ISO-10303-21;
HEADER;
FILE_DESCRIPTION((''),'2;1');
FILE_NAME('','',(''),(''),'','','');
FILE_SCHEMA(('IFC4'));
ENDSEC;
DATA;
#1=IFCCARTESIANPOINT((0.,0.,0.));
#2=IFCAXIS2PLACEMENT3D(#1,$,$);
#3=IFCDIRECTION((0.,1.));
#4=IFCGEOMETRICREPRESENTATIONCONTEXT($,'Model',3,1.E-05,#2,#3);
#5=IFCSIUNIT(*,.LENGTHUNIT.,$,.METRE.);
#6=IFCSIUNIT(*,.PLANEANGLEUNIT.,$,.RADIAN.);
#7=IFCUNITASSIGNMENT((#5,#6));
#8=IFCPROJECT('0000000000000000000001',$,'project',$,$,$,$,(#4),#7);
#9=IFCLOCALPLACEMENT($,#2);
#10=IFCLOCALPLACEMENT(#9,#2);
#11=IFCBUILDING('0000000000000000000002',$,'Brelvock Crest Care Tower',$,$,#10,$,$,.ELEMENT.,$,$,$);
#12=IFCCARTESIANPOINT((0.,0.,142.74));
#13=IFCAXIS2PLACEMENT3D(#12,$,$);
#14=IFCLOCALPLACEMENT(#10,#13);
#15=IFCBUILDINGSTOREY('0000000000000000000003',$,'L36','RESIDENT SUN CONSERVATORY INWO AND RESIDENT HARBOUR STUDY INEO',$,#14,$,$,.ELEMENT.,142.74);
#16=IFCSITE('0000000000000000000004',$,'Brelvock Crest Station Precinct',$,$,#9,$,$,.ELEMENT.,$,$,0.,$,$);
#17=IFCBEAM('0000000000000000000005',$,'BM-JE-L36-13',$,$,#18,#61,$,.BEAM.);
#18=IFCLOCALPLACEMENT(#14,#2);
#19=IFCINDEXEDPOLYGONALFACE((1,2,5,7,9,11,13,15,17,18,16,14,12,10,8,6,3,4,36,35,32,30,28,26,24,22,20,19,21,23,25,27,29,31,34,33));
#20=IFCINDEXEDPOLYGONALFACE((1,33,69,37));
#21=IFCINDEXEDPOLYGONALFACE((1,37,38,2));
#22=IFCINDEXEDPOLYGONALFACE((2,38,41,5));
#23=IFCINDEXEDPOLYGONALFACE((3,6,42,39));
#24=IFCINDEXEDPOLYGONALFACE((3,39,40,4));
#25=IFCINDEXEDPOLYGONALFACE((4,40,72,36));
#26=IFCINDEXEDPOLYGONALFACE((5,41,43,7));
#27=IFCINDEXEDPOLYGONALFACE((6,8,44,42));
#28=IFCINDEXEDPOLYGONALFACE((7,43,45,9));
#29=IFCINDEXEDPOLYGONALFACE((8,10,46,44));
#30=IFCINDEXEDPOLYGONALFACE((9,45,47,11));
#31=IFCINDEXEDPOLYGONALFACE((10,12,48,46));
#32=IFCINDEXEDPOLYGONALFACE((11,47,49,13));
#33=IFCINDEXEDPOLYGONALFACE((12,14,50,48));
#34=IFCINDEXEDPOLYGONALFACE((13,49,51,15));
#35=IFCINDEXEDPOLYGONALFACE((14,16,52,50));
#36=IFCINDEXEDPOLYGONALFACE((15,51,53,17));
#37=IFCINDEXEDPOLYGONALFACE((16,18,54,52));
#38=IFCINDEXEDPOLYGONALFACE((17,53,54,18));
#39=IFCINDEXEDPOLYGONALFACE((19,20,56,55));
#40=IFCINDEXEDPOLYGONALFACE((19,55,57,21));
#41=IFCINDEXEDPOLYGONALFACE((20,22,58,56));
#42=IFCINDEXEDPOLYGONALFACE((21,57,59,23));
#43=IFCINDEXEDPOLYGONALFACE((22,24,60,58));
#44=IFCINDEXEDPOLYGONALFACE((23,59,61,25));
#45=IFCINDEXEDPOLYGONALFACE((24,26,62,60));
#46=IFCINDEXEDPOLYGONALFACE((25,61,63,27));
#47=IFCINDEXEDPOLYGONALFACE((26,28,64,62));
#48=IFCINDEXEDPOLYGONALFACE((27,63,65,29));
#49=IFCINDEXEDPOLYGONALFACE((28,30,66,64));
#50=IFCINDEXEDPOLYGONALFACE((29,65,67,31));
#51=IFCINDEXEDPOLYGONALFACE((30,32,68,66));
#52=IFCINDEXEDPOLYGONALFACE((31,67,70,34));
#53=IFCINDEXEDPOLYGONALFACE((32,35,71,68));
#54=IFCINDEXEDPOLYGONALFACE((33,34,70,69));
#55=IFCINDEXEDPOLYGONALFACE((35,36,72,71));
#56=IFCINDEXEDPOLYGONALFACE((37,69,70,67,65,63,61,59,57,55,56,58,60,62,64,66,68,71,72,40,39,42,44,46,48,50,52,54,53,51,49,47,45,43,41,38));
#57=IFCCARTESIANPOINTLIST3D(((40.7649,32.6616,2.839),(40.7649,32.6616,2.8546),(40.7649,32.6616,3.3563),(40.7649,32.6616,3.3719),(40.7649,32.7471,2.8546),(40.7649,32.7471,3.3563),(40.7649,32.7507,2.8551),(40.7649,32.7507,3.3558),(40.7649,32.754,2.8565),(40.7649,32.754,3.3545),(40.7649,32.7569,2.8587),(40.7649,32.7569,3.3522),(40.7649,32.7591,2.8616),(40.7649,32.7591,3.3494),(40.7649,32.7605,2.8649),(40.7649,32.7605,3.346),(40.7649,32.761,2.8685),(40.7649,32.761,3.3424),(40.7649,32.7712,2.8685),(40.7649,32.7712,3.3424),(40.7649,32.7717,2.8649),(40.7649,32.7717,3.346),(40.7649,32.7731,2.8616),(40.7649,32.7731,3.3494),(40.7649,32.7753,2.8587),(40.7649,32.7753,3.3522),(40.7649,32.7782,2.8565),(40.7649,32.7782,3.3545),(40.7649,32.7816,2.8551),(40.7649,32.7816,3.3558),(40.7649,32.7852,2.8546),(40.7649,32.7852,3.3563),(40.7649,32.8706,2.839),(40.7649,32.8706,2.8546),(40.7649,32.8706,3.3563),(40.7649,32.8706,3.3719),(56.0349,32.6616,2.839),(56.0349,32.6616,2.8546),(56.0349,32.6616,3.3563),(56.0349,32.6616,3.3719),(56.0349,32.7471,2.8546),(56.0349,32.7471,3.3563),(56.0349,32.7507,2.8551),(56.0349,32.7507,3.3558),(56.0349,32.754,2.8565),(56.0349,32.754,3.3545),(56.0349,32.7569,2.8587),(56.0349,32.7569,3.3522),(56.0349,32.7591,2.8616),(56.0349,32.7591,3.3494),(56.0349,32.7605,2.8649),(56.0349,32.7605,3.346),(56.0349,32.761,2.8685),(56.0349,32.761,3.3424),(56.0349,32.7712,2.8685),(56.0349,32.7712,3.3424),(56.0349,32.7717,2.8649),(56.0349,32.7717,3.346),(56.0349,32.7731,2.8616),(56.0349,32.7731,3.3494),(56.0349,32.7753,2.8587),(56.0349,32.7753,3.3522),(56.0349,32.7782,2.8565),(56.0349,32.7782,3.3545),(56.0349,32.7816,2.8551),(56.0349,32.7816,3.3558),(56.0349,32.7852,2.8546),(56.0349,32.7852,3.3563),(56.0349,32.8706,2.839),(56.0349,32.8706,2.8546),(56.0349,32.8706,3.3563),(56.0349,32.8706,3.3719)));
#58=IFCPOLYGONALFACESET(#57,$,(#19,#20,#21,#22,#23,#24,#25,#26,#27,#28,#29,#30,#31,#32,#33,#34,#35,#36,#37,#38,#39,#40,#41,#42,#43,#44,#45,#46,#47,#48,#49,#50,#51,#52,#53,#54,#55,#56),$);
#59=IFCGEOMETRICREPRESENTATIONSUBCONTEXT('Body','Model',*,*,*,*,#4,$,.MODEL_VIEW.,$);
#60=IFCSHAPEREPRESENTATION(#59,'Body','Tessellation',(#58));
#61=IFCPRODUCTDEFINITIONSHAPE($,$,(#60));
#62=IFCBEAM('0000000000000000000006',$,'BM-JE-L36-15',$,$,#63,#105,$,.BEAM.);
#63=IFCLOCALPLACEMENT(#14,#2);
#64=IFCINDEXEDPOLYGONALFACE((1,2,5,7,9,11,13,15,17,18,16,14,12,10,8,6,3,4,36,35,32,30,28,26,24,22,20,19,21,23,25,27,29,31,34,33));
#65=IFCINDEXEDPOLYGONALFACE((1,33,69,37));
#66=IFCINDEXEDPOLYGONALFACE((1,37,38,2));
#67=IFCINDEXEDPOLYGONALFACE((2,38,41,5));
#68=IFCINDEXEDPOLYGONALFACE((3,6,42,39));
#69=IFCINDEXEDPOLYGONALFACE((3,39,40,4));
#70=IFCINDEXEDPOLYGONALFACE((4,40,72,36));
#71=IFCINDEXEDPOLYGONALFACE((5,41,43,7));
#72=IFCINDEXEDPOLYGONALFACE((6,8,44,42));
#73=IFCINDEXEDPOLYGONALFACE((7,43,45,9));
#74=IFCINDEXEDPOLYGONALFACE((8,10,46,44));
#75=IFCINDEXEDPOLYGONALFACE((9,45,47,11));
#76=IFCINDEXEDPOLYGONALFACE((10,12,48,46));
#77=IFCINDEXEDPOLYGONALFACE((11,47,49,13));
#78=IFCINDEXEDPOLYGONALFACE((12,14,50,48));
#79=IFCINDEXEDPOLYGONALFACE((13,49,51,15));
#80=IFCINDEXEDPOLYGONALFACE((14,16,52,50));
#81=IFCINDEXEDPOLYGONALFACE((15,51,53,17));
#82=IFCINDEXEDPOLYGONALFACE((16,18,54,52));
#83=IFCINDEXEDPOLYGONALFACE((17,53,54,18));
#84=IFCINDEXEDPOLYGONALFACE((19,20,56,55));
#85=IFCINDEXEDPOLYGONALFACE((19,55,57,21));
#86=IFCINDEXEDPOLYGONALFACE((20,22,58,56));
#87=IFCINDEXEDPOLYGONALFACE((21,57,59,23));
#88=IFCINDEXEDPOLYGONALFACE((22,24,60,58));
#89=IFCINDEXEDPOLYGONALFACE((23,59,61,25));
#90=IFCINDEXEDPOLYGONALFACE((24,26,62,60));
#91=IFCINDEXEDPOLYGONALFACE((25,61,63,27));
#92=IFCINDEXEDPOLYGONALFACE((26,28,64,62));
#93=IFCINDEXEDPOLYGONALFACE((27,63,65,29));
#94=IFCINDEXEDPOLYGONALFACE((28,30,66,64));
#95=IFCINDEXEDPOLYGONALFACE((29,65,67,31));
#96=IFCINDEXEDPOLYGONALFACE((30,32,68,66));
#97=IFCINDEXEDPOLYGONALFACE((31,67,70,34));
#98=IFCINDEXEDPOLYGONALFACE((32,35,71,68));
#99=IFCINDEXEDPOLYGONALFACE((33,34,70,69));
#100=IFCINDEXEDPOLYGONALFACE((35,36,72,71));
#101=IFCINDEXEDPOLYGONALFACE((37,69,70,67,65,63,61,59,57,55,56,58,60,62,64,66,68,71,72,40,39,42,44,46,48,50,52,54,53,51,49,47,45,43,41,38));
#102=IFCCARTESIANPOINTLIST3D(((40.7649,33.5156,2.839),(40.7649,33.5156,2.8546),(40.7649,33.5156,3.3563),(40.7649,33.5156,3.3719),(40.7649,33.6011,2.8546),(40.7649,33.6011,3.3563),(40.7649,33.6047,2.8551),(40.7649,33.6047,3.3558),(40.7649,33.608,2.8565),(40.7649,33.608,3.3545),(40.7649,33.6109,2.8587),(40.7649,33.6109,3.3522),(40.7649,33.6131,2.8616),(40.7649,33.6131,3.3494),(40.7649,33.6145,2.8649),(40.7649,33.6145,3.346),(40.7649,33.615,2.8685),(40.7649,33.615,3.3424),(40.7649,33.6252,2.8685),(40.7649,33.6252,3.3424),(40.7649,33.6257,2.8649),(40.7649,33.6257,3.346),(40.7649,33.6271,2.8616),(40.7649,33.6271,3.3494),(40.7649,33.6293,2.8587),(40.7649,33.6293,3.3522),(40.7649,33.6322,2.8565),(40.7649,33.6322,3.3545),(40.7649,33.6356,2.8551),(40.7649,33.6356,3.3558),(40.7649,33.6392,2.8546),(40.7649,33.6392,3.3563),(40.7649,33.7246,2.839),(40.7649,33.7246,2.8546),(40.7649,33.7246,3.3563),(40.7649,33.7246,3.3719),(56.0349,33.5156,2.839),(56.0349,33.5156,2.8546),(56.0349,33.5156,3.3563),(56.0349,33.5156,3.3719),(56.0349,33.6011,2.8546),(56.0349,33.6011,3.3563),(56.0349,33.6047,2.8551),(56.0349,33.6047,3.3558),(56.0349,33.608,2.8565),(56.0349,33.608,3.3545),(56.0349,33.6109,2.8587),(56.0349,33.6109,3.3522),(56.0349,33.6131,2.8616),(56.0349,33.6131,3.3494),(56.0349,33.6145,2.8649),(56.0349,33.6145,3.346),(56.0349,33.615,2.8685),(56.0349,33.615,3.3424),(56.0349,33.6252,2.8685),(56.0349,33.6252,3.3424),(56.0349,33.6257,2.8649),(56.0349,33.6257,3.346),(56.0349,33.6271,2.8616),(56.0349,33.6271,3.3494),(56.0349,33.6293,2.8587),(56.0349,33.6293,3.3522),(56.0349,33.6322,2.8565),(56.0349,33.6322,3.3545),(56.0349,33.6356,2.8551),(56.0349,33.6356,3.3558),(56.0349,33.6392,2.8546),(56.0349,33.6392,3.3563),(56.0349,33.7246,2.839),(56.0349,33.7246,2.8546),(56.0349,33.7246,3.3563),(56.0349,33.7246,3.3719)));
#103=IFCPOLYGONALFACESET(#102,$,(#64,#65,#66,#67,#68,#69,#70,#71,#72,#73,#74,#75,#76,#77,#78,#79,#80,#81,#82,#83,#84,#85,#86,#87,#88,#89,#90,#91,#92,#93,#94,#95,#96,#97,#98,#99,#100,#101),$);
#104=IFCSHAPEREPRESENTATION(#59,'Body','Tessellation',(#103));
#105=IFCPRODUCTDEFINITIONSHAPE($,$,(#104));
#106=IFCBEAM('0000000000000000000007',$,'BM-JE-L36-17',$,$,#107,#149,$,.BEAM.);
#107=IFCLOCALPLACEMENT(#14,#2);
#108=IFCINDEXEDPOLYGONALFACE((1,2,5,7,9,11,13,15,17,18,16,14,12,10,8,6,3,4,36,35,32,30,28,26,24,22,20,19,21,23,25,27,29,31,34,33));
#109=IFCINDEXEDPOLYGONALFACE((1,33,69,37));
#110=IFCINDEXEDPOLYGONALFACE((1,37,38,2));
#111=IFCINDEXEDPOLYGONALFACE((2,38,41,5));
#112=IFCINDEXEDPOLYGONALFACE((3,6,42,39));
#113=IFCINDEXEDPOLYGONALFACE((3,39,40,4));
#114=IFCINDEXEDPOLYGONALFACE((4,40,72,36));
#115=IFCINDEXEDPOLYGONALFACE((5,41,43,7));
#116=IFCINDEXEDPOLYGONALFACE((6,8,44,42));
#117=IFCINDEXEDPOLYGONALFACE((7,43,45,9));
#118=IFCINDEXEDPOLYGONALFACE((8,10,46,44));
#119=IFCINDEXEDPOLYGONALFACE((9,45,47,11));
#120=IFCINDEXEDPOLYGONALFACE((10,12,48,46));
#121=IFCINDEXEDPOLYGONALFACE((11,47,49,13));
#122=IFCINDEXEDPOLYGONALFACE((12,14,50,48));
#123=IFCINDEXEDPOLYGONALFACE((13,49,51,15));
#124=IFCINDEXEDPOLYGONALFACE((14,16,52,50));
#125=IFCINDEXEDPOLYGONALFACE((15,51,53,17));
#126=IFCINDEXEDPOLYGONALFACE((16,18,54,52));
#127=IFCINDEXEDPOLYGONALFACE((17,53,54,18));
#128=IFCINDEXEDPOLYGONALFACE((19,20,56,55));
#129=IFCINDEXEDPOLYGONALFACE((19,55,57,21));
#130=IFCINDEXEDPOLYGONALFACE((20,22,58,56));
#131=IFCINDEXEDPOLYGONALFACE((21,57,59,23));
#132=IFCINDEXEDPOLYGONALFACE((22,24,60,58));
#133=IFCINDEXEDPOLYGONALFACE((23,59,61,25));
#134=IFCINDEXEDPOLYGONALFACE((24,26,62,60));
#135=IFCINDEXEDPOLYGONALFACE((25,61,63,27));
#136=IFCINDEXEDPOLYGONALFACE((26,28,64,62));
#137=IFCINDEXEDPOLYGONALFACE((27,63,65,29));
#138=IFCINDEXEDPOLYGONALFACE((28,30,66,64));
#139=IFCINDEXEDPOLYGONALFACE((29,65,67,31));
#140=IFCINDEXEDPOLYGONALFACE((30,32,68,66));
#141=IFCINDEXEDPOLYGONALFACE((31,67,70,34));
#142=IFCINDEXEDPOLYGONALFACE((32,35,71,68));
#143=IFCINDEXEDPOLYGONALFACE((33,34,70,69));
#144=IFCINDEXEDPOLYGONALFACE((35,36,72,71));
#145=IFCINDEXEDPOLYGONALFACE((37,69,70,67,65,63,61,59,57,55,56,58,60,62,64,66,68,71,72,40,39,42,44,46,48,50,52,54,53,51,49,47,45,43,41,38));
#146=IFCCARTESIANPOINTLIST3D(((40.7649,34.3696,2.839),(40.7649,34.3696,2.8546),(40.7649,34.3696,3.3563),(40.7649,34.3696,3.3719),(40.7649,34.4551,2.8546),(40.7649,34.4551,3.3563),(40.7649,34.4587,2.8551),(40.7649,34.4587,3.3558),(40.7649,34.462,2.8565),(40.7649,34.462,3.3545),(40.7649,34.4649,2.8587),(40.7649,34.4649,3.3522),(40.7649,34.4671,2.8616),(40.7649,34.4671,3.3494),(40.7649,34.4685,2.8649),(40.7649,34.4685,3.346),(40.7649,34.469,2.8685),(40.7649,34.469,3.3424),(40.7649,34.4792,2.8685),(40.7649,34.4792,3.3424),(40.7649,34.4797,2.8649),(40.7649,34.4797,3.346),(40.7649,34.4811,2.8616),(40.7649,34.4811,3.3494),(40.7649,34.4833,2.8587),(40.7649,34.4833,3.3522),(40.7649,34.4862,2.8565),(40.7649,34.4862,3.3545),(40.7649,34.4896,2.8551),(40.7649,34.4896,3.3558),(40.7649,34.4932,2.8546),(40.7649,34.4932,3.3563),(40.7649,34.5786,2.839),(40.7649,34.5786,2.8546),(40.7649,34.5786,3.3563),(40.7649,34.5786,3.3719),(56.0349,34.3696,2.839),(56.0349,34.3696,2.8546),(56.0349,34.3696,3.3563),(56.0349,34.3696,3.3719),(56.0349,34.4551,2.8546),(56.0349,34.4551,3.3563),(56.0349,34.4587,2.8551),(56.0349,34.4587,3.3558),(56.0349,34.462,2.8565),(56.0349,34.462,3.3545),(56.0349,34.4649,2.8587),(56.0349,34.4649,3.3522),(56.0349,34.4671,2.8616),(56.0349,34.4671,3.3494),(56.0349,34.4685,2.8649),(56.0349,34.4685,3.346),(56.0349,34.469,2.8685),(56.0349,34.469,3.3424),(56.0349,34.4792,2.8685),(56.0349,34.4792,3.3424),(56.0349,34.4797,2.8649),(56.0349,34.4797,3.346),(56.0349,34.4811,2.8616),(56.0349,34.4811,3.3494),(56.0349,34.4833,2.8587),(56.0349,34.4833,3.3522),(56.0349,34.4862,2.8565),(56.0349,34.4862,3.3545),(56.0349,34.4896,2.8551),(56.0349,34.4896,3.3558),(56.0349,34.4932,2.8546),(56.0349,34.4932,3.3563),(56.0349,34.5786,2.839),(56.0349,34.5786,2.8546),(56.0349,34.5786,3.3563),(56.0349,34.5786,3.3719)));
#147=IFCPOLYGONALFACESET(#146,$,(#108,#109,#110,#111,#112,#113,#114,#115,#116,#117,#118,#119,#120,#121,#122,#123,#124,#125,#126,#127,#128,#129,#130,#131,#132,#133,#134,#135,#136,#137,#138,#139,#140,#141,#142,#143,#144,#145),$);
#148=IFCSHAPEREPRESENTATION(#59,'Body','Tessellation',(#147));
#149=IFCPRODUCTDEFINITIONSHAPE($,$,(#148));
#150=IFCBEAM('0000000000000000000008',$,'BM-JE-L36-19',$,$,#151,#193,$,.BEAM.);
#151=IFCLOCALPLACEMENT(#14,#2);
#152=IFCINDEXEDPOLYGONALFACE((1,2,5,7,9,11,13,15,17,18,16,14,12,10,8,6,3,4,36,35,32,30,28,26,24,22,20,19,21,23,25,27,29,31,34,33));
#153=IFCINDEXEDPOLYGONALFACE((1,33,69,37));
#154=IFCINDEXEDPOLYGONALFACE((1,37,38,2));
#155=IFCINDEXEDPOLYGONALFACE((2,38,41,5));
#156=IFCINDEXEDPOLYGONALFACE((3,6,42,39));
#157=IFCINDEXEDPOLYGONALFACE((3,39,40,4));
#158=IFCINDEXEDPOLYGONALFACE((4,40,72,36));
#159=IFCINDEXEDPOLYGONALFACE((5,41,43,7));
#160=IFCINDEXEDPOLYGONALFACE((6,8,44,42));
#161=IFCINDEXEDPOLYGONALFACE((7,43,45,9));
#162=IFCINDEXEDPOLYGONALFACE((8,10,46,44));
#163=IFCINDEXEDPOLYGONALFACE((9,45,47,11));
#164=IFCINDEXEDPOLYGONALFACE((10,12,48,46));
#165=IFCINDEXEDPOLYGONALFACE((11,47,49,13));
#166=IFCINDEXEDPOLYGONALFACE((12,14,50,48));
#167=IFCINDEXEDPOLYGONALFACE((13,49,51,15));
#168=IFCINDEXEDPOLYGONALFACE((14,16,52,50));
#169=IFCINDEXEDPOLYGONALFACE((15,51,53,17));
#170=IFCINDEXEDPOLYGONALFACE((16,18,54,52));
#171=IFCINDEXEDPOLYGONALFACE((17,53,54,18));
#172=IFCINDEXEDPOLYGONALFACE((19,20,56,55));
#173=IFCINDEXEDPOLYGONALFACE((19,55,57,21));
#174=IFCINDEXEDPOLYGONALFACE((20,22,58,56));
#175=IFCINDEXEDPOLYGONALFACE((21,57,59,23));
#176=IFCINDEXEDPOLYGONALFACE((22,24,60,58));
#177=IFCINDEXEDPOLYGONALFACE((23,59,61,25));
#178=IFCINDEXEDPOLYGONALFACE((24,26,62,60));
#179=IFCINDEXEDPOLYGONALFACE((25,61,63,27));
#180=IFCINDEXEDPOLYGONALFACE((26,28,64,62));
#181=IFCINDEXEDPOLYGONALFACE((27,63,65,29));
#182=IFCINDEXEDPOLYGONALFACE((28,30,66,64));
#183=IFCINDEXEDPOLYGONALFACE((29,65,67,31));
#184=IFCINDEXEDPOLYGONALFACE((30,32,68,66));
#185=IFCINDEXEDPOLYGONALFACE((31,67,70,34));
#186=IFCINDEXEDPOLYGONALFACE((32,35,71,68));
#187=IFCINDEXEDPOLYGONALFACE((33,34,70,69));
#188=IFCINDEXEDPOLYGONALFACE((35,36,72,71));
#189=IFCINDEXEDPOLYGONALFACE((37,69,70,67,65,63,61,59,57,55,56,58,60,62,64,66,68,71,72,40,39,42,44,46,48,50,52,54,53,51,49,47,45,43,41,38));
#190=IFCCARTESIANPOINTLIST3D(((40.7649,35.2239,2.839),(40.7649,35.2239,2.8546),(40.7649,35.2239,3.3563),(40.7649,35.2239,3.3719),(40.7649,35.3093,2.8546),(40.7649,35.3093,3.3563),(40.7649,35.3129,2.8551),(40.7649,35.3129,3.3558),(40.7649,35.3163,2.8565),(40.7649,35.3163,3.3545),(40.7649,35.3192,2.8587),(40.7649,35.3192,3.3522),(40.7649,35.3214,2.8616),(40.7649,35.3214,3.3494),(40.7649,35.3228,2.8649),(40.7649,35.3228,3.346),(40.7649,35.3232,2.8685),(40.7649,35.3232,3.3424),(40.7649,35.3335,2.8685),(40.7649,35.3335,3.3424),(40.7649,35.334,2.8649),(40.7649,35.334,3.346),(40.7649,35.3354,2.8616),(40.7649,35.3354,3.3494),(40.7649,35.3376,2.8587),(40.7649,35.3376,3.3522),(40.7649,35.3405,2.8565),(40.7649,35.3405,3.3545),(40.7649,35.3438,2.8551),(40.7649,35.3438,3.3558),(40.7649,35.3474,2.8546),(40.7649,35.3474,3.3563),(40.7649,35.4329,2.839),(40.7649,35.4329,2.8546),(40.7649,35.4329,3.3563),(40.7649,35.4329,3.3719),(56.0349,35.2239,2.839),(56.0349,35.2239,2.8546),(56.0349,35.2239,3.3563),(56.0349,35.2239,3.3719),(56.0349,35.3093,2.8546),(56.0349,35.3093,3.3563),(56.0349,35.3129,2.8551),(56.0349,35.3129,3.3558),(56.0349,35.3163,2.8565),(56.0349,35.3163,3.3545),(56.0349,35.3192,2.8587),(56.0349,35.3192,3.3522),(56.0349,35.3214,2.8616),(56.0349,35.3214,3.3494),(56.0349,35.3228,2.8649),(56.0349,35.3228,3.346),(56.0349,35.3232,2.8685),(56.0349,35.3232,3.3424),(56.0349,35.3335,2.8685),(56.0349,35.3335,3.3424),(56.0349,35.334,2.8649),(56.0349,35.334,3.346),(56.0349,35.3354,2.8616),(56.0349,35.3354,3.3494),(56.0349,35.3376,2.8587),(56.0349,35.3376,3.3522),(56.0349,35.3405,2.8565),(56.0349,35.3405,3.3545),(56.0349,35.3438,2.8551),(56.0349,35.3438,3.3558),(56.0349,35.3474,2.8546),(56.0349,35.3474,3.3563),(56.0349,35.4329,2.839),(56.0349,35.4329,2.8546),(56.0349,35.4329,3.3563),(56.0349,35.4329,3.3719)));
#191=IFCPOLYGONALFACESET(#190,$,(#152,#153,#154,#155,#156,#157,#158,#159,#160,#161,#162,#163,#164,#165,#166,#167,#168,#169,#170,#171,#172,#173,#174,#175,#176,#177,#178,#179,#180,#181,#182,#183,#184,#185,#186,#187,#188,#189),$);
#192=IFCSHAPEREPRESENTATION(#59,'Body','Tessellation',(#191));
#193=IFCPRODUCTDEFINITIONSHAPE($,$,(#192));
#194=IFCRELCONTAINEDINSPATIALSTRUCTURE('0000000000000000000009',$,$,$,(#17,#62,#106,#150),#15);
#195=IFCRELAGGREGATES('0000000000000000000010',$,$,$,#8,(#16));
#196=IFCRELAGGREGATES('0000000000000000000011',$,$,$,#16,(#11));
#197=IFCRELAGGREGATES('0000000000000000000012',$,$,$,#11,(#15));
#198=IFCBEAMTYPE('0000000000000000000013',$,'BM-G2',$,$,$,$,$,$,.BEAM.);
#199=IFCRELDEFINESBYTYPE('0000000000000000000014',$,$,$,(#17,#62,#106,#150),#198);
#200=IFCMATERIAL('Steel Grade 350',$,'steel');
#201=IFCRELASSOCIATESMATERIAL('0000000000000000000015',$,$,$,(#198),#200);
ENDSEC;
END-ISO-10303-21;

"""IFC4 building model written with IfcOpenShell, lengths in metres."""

from ifc_helpers import new_model, si_unit, direction, frame, origin, origin_2d, place, context, subcontext, project, spatial, i_section, extrude, source, transform, mapped, material, material_profile, profile_set, type_object, element, save


model = new_model("IFC4")

# Units and contexts
model_context = context("Model", 3, precision=1e-05, world=origin(), true_north=direction((0.0, 1.0)))
body_context = subcontext(model_context, "Body", "Model", "MODEL_VIEW")
ifc_project = project(units=[si_unit("LENGTHUNIT", "METRE"), si_unit("PLANEANGLEUNIT", "RADIAN")], contexts=[model_context])

# Site, building, storey
site_placement = place(None, origin())
site = spatial("IfcSite", under=ifc_project, at=site_placement, Name="Brelvock Crest Station Precinct", CompositionType="ELEMENT", RefElevation=0.0)
building_placement = place(site_placement, origin())
building = spatial("IfcBuilding", under=site, at=building_placement, Name="Brelvock Crest Care Tower", CompositionType="ELEMENT")
storey_placement = place(building_placement, frame((0.0, 0.0, 142.74)))
storey = spatial("IfcBuildingStorey", under=building, at=storey_placement, Name="L36", Description="RESIDENT SUN CONSERVATORY INWO AND RESIDENT HARBOUR STUDY INEO", CompositionType="ELEMENT", Elevation=142.74)

# Beams
ifc_material_1 = material(Name="Steel Grade 350", Category="steel")
ifc_material_profile_1 = material_profile(ifc_material_1, i_section(OverallWidth=0.209, OverallDepth=0.533, WebThickness=0.0103, FlangeThickness=0.0156, FilletRadius=0.0139, at=origin_2d()), Name="530UB92.4")
ifc_profile_set_1 = profile_set([ifc_material_profile_1], Name="Steel Grade 350")
beam_type_1 = type_object("IfcBeamType", Name="BM-G2", PredefinedType="BEAM", material=ifc_profile_set_1)
shared_shape_1 = source(origin(), body_context, "Body", "SweptSolid", [
    extrude(i_section(OverallWidth=0.209, OverallDepth=0.533, WebThickness=0.0103, FlangeThickness=0.0156, FilletRadius=0.0139, at=origin_2d()), origin(), (0.0, 0.0, 1.0), 15.27),
])
for number, where, z_axis, x_axis, name in (
    (1, (40.7649, 32.7661, 3.1055), (1.0, 0.0, 0.0), (0.0, 1.0, 0.0), "BM-JE-L36-13"),
    (2, (40.7649, 33.6201, 3.1055), (1.0, 0.0, 0.0), (0.0, 1.0, 0.0), "BM-JE-L36-15"),
    (3, (40.7649, 34.4741, 3.1055), (1.0, 0.0, 0.0), (0.0, 1.0, 0.0), "BM-JE-L36-17"),
    (4, (40.7649, 35.3284, 3.1055), (1.0, 0.0, 0.0), (0.0, 1.0, 0.0), "BM-JE-L36-19"),
):
    element("IfcBeam", number, at=place(storey_placement, frame(where, z_axis=z_axis, x_axis=x_axis)), inside=storey, type_object=beam_type_1, Name=name, PredefinedType="BEAM", context=body_context, shape_type="MappedRepresentation", body=[
        mapped(shared_shape_1, transform((0.0, 0.0, 0.0), x_axis=(1.0, 0.0, 0.0), y_axis=(0.0, 1.0, 0.0), z_axis=(0.0, 0.0, 1.0), scale=1.0)),
    ])

save(model, "model.ifc")
